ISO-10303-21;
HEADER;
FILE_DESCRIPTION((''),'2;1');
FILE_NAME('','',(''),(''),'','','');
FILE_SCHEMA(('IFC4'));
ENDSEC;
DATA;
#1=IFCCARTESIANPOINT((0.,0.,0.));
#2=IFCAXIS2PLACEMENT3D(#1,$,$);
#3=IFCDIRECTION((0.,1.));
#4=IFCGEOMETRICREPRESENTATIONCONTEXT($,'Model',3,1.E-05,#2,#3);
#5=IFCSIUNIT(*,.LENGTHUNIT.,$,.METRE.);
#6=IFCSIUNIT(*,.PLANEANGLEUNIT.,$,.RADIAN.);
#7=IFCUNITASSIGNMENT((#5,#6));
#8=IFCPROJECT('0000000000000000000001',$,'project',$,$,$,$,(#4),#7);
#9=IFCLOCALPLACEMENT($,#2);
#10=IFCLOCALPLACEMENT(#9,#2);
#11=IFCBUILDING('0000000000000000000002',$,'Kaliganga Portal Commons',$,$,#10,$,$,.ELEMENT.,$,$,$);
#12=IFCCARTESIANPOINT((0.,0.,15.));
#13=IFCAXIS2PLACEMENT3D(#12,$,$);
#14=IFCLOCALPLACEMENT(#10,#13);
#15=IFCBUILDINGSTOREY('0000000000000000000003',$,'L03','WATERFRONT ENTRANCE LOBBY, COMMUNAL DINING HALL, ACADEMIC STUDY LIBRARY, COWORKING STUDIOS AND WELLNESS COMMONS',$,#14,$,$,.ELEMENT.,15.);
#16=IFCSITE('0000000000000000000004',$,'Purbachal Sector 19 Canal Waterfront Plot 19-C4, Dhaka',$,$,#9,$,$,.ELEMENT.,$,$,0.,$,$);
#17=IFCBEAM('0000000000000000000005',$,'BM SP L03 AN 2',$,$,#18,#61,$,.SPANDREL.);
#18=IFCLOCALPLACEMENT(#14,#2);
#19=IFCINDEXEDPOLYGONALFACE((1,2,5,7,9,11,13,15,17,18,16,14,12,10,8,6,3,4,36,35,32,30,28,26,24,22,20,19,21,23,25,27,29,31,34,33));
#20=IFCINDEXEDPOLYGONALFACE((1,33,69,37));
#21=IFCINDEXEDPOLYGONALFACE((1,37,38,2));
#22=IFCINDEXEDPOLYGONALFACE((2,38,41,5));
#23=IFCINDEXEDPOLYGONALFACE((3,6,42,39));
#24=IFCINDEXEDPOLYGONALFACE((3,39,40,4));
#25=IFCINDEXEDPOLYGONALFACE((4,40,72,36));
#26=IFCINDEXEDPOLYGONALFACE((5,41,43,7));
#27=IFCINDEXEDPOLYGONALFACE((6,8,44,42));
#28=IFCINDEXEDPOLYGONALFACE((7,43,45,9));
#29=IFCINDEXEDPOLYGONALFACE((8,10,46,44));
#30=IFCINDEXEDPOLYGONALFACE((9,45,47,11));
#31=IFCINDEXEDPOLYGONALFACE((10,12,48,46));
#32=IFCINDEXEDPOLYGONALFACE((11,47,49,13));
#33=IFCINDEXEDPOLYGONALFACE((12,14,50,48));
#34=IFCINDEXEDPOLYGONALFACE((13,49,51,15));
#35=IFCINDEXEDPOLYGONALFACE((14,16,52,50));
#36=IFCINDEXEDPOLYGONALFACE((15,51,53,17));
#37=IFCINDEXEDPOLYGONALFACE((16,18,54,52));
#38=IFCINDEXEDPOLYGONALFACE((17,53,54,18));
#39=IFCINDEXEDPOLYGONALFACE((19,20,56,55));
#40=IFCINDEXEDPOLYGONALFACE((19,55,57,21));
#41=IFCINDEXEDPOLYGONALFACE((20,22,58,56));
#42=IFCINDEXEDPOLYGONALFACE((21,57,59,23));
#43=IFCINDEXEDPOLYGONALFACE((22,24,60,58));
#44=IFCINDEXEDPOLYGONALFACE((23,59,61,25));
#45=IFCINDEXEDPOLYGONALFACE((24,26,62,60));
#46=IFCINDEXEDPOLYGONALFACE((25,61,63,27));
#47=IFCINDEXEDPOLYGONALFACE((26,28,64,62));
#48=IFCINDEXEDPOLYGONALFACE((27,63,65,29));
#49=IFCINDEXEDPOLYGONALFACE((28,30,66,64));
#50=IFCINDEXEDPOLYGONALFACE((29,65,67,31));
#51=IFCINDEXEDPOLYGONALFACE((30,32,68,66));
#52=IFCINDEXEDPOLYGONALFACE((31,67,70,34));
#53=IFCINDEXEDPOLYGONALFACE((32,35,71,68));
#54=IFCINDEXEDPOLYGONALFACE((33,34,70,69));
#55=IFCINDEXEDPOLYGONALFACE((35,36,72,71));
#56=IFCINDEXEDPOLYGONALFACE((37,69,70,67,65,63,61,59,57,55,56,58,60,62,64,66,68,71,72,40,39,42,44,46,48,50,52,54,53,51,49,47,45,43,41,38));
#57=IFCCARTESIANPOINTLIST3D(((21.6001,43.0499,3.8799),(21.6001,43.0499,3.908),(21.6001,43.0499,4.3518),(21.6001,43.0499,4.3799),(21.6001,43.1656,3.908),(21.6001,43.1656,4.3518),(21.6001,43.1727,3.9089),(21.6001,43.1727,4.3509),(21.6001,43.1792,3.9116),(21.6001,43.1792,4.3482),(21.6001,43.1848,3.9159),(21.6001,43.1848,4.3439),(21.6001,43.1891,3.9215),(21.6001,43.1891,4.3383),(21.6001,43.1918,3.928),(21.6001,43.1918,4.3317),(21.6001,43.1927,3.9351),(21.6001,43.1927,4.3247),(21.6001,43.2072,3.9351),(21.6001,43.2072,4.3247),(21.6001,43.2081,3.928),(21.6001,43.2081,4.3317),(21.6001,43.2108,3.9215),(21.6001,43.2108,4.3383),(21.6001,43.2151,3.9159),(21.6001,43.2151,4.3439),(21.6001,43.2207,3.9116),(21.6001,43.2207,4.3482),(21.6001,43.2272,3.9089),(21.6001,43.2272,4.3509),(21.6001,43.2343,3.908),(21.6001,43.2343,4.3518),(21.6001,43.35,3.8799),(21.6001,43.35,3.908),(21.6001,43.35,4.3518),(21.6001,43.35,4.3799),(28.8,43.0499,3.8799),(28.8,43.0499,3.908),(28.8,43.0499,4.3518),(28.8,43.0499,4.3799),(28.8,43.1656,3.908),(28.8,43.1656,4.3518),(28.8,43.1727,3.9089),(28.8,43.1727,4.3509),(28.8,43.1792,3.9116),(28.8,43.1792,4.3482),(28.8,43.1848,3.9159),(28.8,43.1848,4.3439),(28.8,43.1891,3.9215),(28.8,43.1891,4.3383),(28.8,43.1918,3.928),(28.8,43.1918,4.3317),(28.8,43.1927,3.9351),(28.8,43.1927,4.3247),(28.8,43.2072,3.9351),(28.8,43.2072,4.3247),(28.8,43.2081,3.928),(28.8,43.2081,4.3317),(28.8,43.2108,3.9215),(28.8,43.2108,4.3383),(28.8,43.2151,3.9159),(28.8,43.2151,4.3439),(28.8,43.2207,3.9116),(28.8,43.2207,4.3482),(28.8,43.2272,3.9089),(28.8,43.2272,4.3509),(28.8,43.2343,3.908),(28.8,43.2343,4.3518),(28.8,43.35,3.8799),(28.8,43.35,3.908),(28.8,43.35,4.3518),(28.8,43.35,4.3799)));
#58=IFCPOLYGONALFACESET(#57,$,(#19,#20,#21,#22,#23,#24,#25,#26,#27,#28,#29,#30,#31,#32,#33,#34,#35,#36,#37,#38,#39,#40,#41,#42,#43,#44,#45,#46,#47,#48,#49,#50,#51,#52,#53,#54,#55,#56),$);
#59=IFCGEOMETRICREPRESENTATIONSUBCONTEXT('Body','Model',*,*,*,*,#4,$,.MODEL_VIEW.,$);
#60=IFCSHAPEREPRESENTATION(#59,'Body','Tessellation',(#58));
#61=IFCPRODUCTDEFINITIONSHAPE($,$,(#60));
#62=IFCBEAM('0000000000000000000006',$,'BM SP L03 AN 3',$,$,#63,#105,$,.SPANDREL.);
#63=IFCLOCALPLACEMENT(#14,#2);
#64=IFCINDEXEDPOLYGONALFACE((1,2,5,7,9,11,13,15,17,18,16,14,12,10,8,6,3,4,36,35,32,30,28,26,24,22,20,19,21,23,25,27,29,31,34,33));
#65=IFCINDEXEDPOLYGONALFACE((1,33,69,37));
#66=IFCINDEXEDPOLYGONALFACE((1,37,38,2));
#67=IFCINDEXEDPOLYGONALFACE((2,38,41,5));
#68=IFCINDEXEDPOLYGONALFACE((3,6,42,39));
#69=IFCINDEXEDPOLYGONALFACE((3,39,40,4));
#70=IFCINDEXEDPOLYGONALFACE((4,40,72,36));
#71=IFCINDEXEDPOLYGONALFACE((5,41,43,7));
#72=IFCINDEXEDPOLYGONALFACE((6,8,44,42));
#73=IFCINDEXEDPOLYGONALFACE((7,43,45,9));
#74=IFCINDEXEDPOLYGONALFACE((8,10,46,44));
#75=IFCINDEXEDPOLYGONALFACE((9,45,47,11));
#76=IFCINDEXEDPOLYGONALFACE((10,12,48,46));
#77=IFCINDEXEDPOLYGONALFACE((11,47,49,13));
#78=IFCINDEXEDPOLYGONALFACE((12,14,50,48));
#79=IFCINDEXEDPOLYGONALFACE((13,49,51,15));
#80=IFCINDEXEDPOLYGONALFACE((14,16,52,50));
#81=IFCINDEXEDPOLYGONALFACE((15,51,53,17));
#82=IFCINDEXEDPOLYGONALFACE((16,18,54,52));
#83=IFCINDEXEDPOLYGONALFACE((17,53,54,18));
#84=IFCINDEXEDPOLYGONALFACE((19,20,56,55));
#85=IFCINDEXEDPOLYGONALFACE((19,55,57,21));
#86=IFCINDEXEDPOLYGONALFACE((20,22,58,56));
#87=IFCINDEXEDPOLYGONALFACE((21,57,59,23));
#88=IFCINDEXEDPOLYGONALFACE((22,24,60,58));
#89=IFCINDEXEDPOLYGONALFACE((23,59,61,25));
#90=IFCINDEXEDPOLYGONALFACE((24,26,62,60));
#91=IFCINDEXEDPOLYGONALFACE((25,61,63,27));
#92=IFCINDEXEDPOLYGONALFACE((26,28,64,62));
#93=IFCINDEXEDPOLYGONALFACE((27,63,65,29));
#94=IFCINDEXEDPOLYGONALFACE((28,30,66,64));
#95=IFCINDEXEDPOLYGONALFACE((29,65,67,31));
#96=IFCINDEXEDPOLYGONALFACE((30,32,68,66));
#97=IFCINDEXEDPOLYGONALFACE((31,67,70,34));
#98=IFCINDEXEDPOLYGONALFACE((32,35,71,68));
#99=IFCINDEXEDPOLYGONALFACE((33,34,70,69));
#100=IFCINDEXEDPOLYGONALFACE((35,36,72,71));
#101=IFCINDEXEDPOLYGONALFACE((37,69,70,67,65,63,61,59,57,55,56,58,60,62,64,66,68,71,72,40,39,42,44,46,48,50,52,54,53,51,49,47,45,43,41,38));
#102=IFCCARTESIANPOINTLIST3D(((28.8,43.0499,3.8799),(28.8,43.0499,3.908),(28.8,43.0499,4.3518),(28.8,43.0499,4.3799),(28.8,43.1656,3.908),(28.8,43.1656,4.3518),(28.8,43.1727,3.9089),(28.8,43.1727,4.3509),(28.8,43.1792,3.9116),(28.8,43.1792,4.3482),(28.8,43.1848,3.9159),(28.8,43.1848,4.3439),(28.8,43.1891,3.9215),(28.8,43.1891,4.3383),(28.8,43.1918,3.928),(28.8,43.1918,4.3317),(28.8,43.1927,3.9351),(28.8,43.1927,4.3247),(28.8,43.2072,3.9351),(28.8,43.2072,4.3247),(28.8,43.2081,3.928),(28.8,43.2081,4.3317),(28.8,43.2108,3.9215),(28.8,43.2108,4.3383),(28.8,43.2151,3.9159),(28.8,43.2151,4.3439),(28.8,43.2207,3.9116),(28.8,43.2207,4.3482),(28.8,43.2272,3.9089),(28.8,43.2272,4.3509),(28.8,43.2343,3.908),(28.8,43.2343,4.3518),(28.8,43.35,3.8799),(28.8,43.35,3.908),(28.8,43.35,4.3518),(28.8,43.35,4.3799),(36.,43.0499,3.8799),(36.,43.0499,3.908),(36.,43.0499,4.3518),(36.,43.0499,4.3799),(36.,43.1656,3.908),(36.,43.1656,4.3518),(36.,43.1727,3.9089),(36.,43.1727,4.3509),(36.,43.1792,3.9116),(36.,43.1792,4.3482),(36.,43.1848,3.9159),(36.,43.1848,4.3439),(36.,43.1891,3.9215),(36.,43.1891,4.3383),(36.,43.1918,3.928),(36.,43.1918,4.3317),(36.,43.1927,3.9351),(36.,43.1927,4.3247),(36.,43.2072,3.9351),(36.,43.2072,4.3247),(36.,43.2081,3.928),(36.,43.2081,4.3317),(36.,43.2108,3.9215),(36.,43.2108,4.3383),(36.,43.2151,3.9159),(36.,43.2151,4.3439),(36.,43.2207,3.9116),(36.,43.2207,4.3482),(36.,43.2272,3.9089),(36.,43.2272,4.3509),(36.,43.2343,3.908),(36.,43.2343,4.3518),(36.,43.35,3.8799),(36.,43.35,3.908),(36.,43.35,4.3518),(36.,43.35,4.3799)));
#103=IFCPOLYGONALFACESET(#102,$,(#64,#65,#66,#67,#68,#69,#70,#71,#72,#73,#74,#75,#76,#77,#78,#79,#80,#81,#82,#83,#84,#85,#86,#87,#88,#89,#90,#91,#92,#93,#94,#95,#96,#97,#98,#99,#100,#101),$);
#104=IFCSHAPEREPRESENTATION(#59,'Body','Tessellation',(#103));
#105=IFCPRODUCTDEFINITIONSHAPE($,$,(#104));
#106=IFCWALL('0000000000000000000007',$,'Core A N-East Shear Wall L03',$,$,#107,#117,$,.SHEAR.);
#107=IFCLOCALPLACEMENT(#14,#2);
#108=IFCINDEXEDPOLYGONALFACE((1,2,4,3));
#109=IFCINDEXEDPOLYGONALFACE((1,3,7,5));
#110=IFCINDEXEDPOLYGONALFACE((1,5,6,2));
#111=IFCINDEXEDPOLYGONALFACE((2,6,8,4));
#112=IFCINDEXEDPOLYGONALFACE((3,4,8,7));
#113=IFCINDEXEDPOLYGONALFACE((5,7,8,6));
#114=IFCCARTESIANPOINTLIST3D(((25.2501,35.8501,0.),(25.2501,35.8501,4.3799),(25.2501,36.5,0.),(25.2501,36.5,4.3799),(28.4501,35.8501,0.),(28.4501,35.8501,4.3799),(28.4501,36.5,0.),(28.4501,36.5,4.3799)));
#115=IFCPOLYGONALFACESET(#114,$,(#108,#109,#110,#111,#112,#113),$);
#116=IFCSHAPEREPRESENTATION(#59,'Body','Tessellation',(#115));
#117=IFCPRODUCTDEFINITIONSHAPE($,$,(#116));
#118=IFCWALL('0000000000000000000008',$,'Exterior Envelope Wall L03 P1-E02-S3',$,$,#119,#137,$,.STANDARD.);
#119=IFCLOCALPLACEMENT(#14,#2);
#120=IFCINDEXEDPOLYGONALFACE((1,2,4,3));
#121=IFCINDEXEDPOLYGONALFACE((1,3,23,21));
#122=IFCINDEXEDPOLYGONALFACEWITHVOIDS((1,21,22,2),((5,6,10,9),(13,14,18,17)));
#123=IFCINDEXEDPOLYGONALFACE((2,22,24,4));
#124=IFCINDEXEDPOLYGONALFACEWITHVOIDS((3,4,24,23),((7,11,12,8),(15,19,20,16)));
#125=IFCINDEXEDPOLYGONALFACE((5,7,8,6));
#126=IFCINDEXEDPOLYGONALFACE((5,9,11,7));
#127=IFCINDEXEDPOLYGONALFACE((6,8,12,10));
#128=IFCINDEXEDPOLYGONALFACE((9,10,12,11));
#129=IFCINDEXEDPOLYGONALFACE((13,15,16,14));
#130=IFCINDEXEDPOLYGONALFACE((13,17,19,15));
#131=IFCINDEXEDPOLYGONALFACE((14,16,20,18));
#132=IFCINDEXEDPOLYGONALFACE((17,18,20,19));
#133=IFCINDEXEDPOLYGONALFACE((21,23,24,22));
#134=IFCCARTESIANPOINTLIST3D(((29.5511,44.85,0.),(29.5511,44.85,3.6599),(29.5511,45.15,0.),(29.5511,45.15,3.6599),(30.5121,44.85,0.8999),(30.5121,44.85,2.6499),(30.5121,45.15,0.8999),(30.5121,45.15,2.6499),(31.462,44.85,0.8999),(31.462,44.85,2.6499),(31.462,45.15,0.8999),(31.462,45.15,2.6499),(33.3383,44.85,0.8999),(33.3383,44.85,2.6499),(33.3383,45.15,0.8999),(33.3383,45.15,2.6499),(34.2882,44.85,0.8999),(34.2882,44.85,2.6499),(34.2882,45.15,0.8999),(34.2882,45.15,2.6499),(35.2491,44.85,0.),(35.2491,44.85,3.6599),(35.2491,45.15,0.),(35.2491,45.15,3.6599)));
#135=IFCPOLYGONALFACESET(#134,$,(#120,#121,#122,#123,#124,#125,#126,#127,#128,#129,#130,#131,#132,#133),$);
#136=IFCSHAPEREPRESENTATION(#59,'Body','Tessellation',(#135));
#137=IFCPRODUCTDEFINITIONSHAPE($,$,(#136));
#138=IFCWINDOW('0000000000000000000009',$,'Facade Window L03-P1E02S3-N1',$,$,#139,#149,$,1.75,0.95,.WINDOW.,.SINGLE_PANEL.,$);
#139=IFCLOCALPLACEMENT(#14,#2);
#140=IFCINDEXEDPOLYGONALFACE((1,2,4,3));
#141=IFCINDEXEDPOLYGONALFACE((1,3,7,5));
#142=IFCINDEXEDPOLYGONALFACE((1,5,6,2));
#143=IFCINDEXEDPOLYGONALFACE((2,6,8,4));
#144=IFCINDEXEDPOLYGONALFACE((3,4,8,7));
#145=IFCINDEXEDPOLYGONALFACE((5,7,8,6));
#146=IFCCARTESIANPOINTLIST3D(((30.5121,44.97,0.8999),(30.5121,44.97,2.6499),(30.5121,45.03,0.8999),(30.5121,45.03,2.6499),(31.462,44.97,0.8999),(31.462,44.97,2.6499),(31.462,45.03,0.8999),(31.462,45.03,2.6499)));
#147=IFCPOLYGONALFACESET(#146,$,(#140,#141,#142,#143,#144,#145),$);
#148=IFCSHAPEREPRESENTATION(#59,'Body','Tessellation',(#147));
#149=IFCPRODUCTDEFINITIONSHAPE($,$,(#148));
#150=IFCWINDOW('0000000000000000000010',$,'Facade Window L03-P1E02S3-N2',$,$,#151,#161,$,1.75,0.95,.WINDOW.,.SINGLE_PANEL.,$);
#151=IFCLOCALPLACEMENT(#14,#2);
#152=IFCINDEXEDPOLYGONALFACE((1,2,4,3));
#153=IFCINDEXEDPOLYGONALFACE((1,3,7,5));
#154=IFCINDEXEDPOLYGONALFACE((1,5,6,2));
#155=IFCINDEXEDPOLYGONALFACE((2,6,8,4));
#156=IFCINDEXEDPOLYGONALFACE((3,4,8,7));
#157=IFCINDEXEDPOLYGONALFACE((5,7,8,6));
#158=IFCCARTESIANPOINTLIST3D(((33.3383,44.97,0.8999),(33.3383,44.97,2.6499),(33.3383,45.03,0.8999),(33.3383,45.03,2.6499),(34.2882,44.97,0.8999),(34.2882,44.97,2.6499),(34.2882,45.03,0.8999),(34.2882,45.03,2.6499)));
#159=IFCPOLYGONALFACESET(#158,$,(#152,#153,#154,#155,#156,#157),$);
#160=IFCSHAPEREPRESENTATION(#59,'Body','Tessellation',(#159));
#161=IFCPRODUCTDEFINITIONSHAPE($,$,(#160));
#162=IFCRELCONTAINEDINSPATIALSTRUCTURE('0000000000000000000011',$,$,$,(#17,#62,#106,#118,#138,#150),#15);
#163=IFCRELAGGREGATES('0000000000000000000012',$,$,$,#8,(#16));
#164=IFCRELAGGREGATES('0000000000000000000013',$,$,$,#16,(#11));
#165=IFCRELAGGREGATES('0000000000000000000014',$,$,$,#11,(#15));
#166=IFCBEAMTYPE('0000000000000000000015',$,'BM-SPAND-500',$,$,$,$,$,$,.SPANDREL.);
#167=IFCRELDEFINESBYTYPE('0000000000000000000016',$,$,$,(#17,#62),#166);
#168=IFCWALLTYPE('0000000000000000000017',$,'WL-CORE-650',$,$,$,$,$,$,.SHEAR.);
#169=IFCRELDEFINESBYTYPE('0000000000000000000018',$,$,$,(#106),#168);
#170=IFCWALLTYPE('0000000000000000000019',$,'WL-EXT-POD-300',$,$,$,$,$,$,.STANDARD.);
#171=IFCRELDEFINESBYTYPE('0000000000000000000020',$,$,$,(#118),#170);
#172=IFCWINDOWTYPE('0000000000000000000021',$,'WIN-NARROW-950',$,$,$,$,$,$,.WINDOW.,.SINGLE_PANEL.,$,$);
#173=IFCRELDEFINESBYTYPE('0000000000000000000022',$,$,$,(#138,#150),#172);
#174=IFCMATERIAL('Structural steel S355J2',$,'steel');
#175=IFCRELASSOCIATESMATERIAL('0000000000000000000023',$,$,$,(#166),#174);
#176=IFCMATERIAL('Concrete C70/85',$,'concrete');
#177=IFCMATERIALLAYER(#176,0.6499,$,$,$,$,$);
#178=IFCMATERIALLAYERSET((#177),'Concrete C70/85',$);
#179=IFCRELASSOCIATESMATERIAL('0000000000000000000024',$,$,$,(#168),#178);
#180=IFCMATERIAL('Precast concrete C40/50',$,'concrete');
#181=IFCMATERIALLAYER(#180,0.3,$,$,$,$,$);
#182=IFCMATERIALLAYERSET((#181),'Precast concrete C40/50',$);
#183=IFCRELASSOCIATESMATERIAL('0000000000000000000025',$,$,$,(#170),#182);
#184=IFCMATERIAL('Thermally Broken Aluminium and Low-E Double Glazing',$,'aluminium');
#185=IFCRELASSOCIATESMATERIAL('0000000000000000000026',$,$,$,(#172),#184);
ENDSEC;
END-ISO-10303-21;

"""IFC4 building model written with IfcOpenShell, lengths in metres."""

from ifc_helpers import new_model, si_unit, direction, frame, frame_2d, origin, origin_2d, place, context, subcontext, project, spatial, rectangle, i_section, extrude, source, transform, mapped, material, layer, layer_set, material_profile, profile_set, type_object, element, fill, save


model = new_model("IFC4")

# Units and contexts
model_context = context("Model", 3, precision=1e-05, world=origin(), true_north=direction((0.0, 1.0)))
body_context = subcontext(model_context, "Body", "Model", "MODEL_VIEW")
ifc_project = project(units=[si_unit("LENGTHUNIT", "METRE"), si_unit("PLANEANGLEUNIT", "RADIAN")], contexts=[model_context])

# Site, building, storey
site_placement = place(None, origin())
site = spatial("IfcSite", under=ifc_project, at=site_placement, Name="Purbachal Sector 19 Canal Waterfront Plot 19-C4, Dhaka", CompositionType="ELEMENT", RefElevation=0.0)
building_placement = place(site_placement, origin())
building = spatial("IfcBuilding", under=site, at=building_placement, Name="Kaliganga Portal Commons", CompositionType="ELEMENT")
storey_placement = place(building_placement, frame((0.0, 0.0, 15.0)))
storey = spatial("IfcBuildingStorey", under=building, at=storey_placement, Name="L03", Description="WATERFRONT ENTRANCE LOBBY, COMMUNAL DINING HALL, ACADEMIC STUDY LIBRARY, COWORKING STUDIOS AND WELLNESS COMMONS", CompositionType="ELEMENT", Elevation=15.0)

# Shared definitions
ifc_material_1 = material(Name="Concrete C70/85", Category="concrete")

# Beams
ifc_material_2 = material(Name="Structural steel S355J2", Category="steel")
ifc_material_profile_1 = material_profile(ifc_material_2, i_section(OverallWidth=0.3, OverallDepth=0.5, WebThickness=0.0144, FlangeThickness=0.0281, FilletRadius=0.0271, at=origin_2d()), Name="HE 500 B")
ifc_profile_set_1 = profile_set([ifc_material_profile_1], Name="Structural steel S355J2 wide-flange")
beam_type_1 = type_object("IfcBeamType", Name="BM-SPAND-500", PredefinedType="SPANDREL", material=ifc_profile_set_1)
shared_shape_1 = source(origin(), body_context, "Body", "SweptSolid", [
    extrude(i_section(OverallWidth=0.3, OverallDepth=0.5, WebThickness=0.0144, FlangeThickness=0.0281, FilletRadius=0.0271, at=origin_2d()), origin(), (0.0, 0.0, 1.0), 7.2),
])
for number, where, z_axis, x_axis, name in (
    (1, (21.6001, 43.2, 4.1299), (1.0, 0.0, 0.0), (0.0, 1.0, 0.0), "BM SP L03 AN 2"),
    (2, (28.8, 43.2, 4.1299), (1.0, 0.0, 0.0), (0.0, 1.0, 0.0), "BM SP L03 AN 3"),
):
    element("IfcBeam", number, at=place(storey_placement, frame(where, z_axis=z_axis, x_axis=x_axis)), inside=storey, type_object=beam_type_1, Name=name, PredefinedType="SPANDREL", context=body_context, shape_type="MappedRepresentation", body=[
        mapped(shared_shape_1, transform((0.0, 0.0, 0.0), x_axis=(1.0, 0.0, 0.0), y_axis=(0.0, 1.0, 0.0), z_axis=(0.0, 0.0, 1.0), scale=1.0)),
    ])

# Wall
ifc_layer_1 = layer(ifc_material_1, 0.6499)
ifc_layer_set_1 = layer_set([ifc_layer_1], Name="Concrete C70/85")
wall_type_1 = type_object("IfcWallType", Name="WL-CORE-650", PredefinedType="SHEAR", material=ifc_layer_set_1)
wall_1_placement = place(storey_placement, frame((25.25, 36.175, 0.0), z_axis=(0.0, 0.0, 1.0), x_axis=(1.0, 0.0, 0.0)))
element("IfcWall", 3, at=wall_1_placement, inside=storey, type_object=wall_type_1, Name="Core A N-East Shear Wall L03", PredefinedType="SHEAR", context=body_context, shape_type="SweptSolid", body=[
    extrude(rectangle(XDim=3.2, YDim=0.6499, at=frame_2d((1.6001, 0.0))), origin(), (0.0, 0.0, 1.0), 4.3799),
])

# Wall, openings, windows
ifc_material_3 = material(Name="Precast concrete C40/50", Category="concrete")
ifc_layer_2 = layer(ifc_material_3, 0.3)
ifc_layer_set_2 = layer_set([ifc_layer_2], Name="Precast concrete C40/50")
wall_type_2 = type_object("IfcWallType", Name="WL-EXT-POD-300", PredefinedType="STANDARD", material=ifc_layer_set_2)
wall_2_placement = place(storey_placement, frame((29.551, 45.0, 0.0), z_axis=(0.0, 0.0, 1.0), x_axis=(1.0, 0.0, 0.0)))
wall_2 = element("IfcWall", 4, at=wall_2_placement, inside=storey, type_object=wall_type_2, Name="Exterior Envelope Wall L03 P1-E02-S3", PredefinedType="STANDARD", context=body_context, shape_type="SweptSolid", body=[
    extrude(rectangle(XDim=5.698, YDim=0.3, at=frame_2d((2.8491, 0.0))), origin(), (0.0, 0.0, 1.0), 3.6599),
])
opening_1_placement = place(wall_2_placement, frame((0.9609, 0.0, 0.8999)))
opening_1 = element("IfcOpeningElement", 5, at=opening_1_placement, cuts=wall_2, PredefinedType="OPENING", context=body_context, shape_type="SweptSolid", body=[
    extrude(rectangle(XDim=0.95, YDim=1.75, at=frame_2d((0.4751, 0.875))), frame((0.0, 0.1602, 0.0), z_axis=(0.0, -1.0, 0.0), x_axis=(1.0, 0.0, 0.0)), (0.0, 0.0, 1.0), 0.3201),
])
opening_2_placement = place(wall_2_placement, frame((3.7871, 0.0, 0.8999)))
opening_2 = element("IfcOpeningElement", 6, at=opening_2_placement, cuts=wall_2, PredefinedType="OPENING", context=body_context, shape_type="SweptSolid", body=[
    extrude(rectangle(XDim=0.95, YDim=1.75, at=frame_2d((0.4751, 0.875))), frame((0.0, 0.1602, 0.0), z_axis=(0.0, -1.0, 0.0), x_axis=(1.0, 0.0, 0.0)), (0.0, 0.0, 1.0), 0.3201),
])
ifc_material_4 = material(Name="Thermally Broken Aluminium and Low-E Double Glazing", Category="aluminium")
window_type = type_object("IfcWindowType", Name="WIN-NARROW-950", PartitioningType="SINGLE_PANEL", PredefinedType="WINDOW", material=ifc_material_4)
window_1_placement = place(opening_1_placement, origin())
window_1 = element("IfcWindow", 7, at=window_1_placement, inside=storey, type_object=window_type, Name="Facade Window L03-P1E02S3-N1", OverallHeight=1.75, OverallWidth=0.95, PartitioningType="SINGLE_PANEL", PredefinedType="WINDOW", context=body_context, shape_type="SweptSolid", body=[
    extrude(rectangle(XDim=0.95, YDim=1.75, at=frame_2d((0.4751, 0.875))), frame((0.0, 0.03, 0.0), z_axis=(0.0, -1.0, 0.0), x_axis=(1.0, 0.0, 0.0)), (0.0, 0.0, 1.0), 0.0601),
])
fill(opening_1, window_1)
window_2_placement = place(opening_2_placement, origin())
window_2 = element("IfcWindow", 8, at=window_2_placement, inside=storey, type_object=window_type, Name="Facade Window L03-P1E02S3-N2", OverallHeight=1.75, OverallWidth=0.95, PartitioningType="SINGLE_PANEL", PredefinedType="WINDOW", context=body_context, shape_type="SweptSolid", body=[
    extrude(rectangle(XDim=0.95, YDim=1.75, at=frame_2d((0.4751, 0.875))), frame((0.0, 0.03, 0.0), z_axis=(0.0, -1.0, 0.0), x_axis=(1.0, 0.0, 0.0)), (0.0, 0.0, 1.0), 0.0601),
])
fill(opening_2, window_2)

save(model, "model.ifc")
